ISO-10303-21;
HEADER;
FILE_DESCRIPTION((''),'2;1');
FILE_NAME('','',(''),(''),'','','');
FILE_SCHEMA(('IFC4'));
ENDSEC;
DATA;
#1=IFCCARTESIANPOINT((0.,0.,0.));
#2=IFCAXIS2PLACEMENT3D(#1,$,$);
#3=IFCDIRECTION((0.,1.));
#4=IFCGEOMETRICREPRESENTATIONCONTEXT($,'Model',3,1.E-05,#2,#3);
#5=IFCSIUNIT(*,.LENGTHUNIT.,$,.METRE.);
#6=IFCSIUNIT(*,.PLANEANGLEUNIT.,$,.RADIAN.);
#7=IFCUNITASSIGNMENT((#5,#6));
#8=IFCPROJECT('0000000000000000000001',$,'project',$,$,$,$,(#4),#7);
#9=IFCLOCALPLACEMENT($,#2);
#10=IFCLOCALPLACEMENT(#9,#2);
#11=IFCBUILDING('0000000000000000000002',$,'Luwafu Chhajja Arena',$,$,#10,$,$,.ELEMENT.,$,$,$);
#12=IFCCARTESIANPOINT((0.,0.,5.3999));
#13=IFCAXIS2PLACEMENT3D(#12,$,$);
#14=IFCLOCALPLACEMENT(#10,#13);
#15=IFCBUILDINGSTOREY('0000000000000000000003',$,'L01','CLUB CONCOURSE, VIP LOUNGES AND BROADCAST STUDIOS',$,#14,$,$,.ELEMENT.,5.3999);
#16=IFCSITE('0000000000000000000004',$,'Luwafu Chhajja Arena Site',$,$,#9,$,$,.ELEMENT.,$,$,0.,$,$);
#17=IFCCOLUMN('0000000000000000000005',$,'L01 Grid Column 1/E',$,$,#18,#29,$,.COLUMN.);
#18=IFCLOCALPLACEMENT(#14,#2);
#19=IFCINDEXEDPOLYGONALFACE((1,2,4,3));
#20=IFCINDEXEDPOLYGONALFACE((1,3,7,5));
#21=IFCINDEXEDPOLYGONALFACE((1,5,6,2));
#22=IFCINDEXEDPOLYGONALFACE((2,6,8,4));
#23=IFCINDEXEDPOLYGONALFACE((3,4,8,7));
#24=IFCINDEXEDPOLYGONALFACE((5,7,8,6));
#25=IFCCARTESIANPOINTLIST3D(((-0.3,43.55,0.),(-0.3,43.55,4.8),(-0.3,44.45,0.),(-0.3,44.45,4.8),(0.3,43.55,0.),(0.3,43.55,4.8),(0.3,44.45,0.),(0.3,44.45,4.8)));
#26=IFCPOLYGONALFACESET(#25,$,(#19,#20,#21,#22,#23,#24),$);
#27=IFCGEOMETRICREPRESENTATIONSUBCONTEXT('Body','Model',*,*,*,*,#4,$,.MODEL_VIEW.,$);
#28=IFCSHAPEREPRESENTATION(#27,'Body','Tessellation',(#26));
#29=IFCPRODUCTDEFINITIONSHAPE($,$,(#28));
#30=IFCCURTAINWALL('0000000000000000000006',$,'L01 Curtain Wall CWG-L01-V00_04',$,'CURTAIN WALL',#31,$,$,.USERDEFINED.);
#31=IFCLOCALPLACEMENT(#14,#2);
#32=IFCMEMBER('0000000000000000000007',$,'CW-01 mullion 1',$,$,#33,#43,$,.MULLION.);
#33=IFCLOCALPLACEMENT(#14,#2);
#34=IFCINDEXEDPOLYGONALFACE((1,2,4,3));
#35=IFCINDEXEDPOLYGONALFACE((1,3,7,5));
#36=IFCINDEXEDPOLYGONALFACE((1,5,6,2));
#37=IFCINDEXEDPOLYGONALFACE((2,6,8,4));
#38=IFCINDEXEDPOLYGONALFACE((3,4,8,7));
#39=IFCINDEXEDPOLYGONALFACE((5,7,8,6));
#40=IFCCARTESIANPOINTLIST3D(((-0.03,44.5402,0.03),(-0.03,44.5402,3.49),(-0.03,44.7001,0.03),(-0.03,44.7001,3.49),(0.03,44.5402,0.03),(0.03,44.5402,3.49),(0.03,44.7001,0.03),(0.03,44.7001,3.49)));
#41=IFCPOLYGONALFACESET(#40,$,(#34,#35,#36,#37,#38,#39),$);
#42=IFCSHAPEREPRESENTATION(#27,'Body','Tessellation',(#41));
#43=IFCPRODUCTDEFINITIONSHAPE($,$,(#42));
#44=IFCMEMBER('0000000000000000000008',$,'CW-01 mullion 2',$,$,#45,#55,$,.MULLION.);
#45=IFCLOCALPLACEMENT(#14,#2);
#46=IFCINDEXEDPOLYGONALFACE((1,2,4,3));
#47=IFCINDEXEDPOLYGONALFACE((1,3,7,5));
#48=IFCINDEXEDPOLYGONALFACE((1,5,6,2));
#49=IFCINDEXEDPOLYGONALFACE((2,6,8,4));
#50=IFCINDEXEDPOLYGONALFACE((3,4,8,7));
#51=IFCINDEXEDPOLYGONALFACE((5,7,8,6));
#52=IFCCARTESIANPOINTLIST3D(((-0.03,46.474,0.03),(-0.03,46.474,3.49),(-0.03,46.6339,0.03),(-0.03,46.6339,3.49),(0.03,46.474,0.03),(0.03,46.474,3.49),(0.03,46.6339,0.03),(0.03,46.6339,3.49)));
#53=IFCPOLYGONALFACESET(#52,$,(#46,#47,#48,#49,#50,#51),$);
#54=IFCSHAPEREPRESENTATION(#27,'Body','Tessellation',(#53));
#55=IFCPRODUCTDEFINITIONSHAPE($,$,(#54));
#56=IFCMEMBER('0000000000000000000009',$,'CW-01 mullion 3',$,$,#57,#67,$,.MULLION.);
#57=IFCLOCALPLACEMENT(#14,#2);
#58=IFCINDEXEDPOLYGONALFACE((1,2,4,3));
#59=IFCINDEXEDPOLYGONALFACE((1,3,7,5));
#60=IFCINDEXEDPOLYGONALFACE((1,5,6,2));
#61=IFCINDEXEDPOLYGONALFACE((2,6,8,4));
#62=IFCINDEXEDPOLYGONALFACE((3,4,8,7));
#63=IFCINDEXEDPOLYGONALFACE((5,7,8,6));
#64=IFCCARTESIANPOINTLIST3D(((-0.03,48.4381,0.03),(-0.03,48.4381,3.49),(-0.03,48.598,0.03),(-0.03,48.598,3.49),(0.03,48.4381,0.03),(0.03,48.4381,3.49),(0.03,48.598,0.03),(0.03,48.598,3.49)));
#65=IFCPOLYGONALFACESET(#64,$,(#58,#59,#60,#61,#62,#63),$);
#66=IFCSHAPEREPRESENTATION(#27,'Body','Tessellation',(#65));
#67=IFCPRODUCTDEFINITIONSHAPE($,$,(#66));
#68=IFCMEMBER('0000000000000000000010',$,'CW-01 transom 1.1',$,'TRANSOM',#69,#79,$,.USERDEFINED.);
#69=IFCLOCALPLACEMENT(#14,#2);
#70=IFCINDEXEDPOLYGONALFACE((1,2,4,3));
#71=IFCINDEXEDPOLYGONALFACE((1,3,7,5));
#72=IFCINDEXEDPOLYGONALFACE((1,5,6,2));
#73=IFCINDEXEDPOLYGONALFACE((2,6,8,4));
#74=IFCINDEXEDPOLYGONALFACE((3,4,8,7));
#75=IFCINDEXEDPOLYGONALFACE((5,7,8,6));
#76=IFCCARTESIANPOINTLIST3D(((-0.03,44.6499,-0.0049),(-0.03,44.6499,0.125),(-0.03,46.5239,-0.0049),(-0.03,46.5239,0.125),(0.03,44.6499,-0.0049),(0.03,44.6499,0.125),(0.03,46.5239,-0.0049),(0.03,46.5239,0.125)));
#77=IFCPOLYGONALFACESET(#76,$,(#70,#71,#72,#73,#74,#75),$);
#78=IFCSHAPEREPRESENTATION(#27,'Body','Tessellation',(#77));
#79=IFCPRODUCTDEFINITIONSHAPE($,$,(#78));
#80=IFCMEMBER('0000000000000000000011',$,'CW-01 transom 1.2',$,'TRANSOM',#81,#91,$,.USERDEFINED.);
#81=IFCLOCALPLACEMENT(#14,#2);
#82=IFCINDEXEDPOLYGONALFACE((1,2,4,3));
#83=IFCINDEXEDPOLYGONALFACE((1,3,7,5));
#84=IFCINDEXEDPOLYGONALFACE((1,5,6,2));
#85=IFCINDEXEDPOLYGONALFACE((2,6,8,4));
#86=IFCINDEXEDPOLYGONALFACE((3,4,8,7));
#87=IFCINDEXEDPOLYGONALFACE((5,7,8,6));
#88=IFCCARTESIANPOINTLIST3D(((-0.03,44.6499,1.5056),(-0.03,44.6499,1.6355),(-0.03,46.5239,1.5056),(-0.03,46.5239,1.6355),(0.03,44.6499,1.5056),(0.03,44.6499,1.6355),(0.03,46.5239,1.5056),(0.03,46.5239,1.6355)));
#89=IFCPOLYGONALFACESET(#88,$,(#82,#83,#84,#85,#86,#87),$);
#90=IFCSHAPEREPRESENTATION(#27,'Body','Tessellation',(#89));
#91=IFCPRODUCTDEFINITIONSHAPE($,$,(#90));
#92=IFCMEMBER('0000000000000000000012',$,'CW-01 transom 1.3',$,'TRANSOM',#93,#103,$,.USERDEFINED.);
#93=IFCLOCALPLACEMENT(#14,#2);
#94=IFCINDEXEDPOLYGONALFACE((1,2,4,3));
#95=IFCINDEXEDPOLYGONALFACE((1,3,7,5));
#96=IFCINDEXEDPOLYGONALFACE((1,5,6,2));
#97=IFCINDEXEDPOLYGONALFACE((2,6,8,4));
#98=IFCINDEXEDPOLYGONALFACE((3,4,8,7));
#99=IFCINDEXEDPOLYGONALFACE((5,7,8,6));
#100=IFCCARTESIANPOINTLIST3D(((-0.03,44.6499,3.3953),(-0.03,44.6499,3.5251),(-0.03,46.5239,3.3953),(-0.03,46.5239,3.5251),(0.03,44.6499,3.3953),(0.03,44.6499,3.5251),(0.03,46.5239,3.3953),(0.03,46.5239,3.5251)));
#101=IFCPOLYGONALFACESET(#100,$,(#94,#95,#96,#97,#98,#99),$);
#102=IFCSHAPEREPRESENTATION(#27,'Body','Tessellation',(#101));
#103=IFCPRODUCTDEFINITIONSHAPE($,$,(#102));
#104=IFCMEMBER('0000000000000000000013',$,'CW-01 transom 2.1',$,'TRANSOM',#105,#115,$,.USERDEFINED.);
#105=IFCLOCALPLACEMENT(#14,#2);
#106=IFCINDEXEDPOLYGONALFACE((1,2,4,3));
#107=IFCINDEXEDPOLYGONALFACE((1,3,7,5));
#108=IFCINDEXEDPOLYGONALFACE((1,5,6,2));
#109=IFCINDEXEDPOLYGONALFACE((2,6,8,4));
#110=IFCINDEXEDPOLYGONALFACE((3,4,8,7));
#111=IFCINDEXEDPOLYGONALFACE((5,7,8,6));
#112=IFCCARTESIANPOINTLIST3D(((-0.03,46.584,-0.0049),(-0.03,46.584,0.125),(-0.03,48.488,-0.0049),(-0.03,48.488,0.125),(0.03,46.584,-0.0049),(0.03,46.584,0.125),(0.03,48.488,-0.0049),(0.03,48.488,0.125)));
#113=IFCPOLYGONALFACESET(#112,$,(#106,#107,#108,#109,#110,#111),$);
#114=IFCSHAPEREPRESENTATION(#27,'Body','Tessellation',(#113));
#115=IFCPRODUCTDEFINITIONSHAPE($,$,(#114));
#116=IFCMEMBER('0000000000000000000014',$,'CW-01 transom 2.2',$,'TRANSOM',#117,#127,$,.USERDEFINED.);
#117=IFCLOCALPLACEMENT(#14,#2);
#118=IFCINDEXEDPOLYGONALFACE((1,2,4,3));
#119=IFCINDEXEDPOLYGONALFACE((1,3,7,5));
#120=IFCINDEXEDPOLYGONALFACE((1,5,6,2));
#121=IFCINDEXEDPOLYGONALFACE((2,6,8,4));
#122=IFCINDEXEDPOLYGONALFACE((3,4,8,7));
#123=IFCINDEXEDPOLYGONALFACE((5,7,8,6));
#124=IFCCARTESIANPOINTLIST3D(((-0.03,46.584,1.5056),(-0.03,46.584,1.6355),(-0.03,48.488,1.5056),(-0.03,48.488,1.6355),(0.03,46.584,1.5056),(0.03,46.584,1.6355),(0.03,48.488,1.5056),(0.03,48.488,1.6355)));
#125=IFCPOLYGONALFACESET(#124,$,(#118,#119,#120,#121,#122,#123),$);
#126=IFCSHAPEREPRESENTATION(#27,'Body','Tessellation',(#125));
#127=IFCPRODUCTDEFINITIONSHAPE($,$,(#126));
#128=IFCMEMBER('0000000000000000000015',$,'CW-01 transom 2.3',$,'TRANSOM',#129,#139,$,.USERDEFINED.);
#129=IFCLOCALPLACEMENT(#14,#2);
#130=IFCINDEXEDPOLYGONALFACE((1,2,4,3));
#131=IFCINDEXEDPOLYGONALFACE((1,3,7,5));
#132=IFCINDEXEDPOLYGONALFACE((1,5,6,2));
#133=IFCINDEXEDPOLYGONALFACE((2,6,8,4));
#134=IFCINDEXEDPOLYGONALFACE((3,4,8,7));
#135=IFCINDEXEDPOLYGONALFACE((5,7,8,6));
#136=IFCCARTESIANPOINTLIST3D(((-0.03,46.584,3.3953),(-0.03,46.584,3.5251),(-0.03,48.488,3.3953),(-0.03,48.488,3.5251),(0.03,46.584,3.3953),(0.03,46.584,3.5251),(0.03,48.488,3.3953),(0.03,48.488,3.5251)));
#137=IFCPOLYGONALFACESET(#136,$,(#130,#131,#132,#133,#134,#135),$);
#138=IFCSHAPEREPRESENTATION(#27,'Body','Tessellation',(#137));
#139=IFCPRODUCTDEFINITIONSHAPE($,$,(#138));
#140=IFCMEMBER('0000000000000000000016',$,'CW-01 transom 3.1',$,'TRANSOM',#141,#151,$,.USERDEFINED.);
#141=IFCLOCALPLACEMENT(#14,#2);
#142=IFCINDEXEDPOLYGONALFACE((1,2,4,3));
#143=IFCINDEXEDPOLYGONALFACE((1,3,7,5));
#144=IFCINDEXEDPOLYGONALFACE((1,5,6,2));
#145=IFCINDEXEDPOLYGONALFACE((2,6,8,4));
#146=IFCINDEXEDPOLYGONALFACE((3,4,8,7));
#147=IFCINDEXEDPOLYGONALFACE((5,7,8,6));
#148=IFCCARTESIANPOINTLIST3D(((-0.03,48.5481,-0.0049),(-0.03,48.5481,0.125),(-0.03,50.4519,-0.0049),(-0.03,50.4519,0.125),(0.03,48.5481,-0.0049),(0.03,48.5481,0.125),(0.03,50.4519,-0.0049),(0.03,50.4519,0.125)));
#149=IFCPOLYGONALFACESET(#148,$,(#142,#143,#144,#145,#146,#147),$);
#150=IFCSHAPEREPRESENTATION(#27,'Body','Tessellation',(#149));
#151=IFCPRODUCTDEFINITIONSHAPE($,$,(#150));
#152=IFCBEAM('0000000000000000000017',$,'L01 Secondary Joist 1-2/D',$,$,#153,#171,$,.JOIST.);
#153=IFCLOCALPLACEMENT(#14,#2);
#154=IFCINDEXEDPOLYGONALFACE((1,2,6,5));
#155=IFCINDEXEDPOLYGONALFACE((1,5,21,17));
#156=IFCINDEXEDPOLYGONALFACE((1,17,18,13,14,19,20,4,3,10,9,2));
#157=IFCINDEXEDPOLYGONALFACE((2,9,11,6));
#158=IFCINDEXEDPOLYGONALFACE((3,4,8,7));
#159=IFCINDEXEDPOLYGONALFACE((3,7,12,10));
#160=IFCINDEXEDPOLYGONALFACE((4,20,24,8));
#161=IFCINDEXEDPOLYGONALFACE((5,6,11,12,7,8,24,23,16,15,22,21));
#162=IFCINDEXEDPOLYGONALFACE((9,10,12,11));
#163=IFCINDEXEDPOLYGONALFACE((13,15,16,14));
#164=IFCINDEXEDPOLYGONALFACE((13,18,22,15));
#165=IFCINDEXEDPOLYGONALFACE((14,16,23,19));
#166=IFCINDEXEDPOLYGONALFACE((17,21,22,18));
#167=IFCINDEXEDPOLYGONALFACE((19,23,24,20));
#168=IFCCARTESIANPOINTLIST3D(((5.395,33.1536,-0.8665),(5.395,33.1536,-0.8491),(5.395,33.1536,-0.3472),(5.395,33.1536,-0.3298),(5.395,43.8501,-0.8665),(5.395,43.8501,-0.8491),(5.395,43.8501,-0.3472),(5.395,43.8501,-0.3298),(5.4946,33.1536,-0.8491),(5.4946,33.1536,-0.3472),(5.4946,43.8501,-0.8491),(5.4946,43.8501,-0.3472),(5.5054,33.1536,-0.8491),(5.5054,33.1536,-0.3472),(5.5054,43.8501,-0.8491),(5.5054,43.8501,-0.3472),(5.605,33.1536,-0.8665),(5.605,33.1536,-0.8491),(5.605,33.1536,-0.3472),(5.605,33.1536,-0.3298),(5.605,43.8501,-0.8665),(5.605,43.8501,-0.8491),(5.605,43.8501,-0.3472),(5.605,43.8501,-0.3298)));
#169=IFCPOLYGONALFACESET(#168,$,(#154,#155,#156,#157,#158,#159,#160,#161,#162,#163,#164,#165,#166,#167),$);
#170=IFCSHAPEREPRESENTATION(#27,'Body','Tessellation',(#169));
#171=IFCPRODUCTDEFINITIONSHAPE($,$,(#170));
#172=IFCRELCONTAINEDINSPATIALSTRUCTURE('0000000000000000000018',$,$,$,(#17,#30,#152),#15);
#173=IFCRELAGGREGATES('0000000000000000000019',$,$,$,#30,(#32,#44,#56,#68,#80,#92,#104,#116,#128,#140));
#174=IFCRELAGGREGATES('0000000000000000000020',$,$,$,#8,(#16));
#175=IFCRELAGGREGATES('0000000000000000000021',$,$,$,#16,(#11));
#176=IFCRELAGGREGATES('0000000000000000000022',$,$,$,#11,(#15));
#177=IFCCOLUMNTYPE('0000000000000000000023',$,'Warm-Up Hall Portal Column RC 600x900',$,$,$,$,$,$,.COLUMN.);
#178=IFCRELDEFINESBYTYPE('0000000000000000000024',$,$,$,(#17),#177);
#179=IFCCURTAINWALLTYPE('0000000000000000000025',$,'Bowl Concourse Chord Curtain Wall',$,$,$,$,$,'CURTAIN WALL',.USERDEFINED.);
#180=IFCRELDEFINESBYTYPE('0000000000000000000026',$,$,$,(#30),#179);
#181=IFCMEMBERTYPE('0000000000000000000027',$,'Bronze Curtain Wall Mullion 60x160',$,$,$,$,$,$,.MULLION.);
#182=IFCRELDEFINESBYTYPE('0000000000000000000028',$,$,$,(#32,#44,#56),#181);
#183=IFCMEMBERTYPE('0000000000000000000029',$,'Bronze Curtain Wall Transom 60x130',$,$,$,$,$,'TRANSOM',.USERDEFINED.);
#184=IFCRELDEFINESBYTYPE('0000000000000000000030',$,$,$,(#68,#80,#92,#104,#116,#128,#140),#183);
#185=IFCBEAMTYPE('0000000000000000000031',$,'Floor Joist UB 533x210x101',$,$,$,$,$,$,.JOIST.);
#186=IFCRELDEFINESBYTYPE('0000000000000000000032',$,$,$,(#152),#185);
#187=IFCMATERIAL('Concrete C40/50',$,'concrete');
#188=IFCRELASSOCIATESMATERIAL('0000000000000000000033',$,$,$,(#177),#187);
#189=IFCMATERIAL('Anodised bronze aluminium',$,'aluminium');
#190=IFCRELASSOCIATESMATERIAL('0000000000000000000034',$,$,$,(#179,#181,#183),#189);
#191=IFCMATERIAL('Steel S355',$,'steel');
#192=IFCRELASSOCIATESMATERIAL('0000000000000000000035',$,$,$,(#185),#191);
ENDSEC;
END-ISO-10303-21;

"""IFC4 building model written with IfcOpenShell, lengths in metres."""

from ifc_helpers import new_model, si_unit, direction, frame, origin, origin_2d, place, context, subcontext, project, spatial, rectangle, i_section, extrude, material, material_profile, profile_set, type_object, element, aggregate, save


model = new_model("IFC4")

# Units and contexts
model_context = context("Model", 3, precision=1e-05, world=origin(), true_north=direction((0.0, 1.0)))
body_context = subcontext(model_context, "Body", "Model", "MODEL_VIEW")
ifc_project = project(units=[si_unit("LENGTHUNIT", "METRE"), si_unit("PLANEANGLEUNIT", "RADIAN")], contexts=[model_context])

# Site, building, storey
site_placement = place(None, origin())
site = spatial("IfcSite", under=ifc_project, at=site_placement, Name="Luwafu Chhajja Arena Site", CompositionType="ELEMENT", RefElevation=0.0)
building_placement = place(site_placement, origin())
building = spatial("IfcBuilding", under=site, at=building_placement, Name="Luwafu Chhajja Arena", CompositionType="ELEMENT")
storey_placement = place(building_placement, frame((0.0, 0.0, 5.3999)))
storey = spatial("IfcBuildingStorey", under=building, at=storey_placement, Name="L01", Description="CLUB CONCOURSE, VIP LOUNGES AND BROADCAST STUDIOS", CompositionType="ELEMENT", Elevation=5.3999)

# Column
ifc_material_1 = material(Name="Concrete C40/50", Category="concrete")
ifc_material_profile_1 = material_profile(ifc_material_1, rectangle(XDim=0.6001, YDim=0.8999, at=origin_2d()), Name="RC 600x900")
ifc_profile_set_1 = profile_set([ifc_material_profile_1], Name="Concrete C40/50")
column_type = type_object("IfcColumnType", Name="Warm-Up Hall Portal Column RC 600x900", PredefinedType="COLUMN", material=ifc_profile_set_1)
column_placement = place(storey_placement, frame((0.0, 44.0, 0.0), z_axis=(0.0, 0.0, 1.0), x_axis=(1.0, 0.0, 0.0)))
element("IfcColumn", 1, at=column_placement, inside=storey, type_object=column_type, Name="L01 Grid Column 1/E", PredefinedType="COLUMN", context=body_context, shape_type="SweptSolid", body=[
    extrude(rectangle(XDim=0.6001, YDim=0.8999, at=origin_2d()), origin(), (0.0, 0.0, 1.0), 4.8),
])

# Curtain wall, members
ifc_material_2 = material(Name="Anodised bronze aluminium", Category="aluminium")
curtain_wall_type = type_object("IfcCurtainWallType", Name="Bowl Concourse Chord Curtain Wall", ElementType="CURTAIN WALL", PredefinedType="USERDEFINED", material=ifc_material_2)
curtain_wall_placement = place(storey_placement, origin())
curtain_wall = element("IfcCurtainWall", 2, at=curtain_wall_placement, inside=storey, type_object=curtain_wall_type, Name="L01 Curtain Wall CWG-L01-V00_04", ObjectType="CURTAIN WALL", PredefinedType="USERDEFINED")
ifc_material_profile_2 = material_profile(ifc_material_2, rectangle(XDim=0.0601, YDim=0.1599, at=origin_2d()), Name="CWM 60x160")
ifc_profile_set_2 = profile_set([ifc_material_profile_2], Name="Anodised bronze aluminium")
member_type_1 = type_object("IfcMemberType", Name="Bronze Curtain Wall Mullion 60x160", PredefinedType="MULLION", material=ifc_profile_set_2)
member_1_placement = place(storey_placement, frame((0.0, 44.6201, 0.03), z_axis=(0.0, 0.0, 1.0), x_axis=(-1.0, 0.0, 0.0)))
member_1 = element("IfcMember", 3, at=member_1_placement, type_object=member_type_1, Name="CW-01 mullion 1", PredefinedType="MULLION", context=body_context, shape_type="SweptSolid", body=[
    extrude(rectangle(XDim=0.0601, YDim=0.1599, at=origin_2d()), origin(), (0.0, 0.0, 1.0), 3.46),
])
member_2_placement = place(storey_placement, frame((0.0, 46.554, 0.03), z_axis=(0.0, 0.0, 1.0), x_axis=(-1.0, 0.0, 0.0)))
member_2 = element("IfcMember", 4, at=member_2_placement, type_object=member_type_1, Name="CW-01 mullion 2", PredefinedType="MULLION", context=body_context, shape_type="SweptSolid", body=[
    extrude(rectangle(XDim=0.0601, YDim=0.1599, at=origin_2d()), origin(), (0.0, 0.0, 1.0), 3.46),
])
member_3_placement = place(storey_placement, frame((0.0, 48.5181, 0.03), z_axis=(0.0, 0.0, 1.0), x_axis=(-1.0, 0.0, 0.0)))
member_3 = element("IfcMember", 5, at=member_3_placement, type_object=member_type_1, Name="CW-01 mullion 3", PredefinedType="MULLION", context=body_context, shape_type="SweptSolid", body=[
    extrude(rectangle(XDim=0.0601, YDim=0.1599, at=origin_2d()), origin(), (0.0, 0.0, 1.0), 3.46),
])
ifc_material_profile_3 = material_profile(ifc_material_2, rectangle(XDim=0.0601, YDim=0.1299, at=origin_2d()), Name="CWT 60x130")
ifc_profile_set_3 = profile_set([ifc_material_profile_3], Name="Anodised bronze aluminium")
member_type_2 = type_object("IfcMemberType", Name="Bronze Curtain Wall Transom 60x130", ElementType="TRANSOM", PredefinedType="USERDEFINED", material=ifc_profile_set_3)
member_4_placement = place(storey_placement, frame((0.0, 44.6499, 0.0601), z_axis=(0.0, 1.0, 0.0), x_axis=(-1.0, 0.0, 0.0)))
member_4 = element("IfcMember", 6, at=member_4_placement, type_object=member_type_2, Name="CW-01 transom 1.1", ObjectType="TRANSOM", PredefinedType="USERDEFINED", context=body_context, shape_type="SweptSolid", body=[
    extrude(rectangle(XDim=0.0601, YDim=0.1299, at=origin_2d()), origin(), (0.0, 0.0, 1.0), 1.874),
])
member_5_placement = place(storey_placement, frame((0.0, 44.6499, 1.5706), z_axis=(0.0, 1.0, 0.0), x_axis=(-1.0, 0.0, 0.0)))
member_5 = element("IfcMember", 7, at=member_5_placement, type_object=member_type_2, Name="CW-01 transom 1.2", ObjectType="TRANSOM", PredefinedType="USERDEFINED", context=body_context, shape_type="SweptSolid", body=[
    extrude(rectangle(XDim=0.0601, YDim=0.1299, at=origin_2d()), origin(), (0.0, 0.0, 1.0), 1.874),
])
member_6_placement = place(storey_placement, frame((0.0, 44.6499, 3.4602), z_axis=(0.0, 1.0, 0.0), x_axis=(-1.0, 0.0, 0.0)))
member_6 = element("IfcMember", 8, at=member_6_placement, type_object=member_type_2, Name="CW-01 transom 1.3", ObjectType="TRANSOM", PredefinedType="USERDEFINED", context=body_context, shape_type="SweptSolid", body=[
    extrude(rectangle(XDim=0.0601, YDim=0.1299, at=origin_2d()), origin(), (0.0, 0.0, 1.0), 1.874),
])
member_7_placement = place(storey_placement, frame((0.0, 46.584, 0.0601), z_axis=(0.0, 1.0, 0.0), x_axis=(-1.0, 0.0, 0.0)))
member_7 = element("IfcMember", 9, at=member_7_placement, type_object=member_type_2, Name="CW-01 transom 2.1", ObjectType="TRANSOM", PredefinedType="USERDEFINED", context=body_context, shape_type="SweptSolid", body=[
    extrude(rectangle(XDim=0.0601, YDim=0.1299, at=origin_2d()), origin(), (0.0, 0.0, 1.0), 1.9041),
])
member_8_placement = place(storey_placement, frame((0.0, 46.584, 1.5706), z_axis=(0.0, 1.0, 0.0), x_axis=(-1.0, 0.0, 0.0)))
member_8 = element("IfcMember", 10, at=member_8_placement, type_object=member_type_2, Name="CW-01 transom 2.2", ObjectType="TRANSOM", PredefinedType="USERDEFINED", context=body_context, shape_type="SweptSolid", body=[
    extrude(rectangle(XDim=0.0601, YDim=0.1299, at=origin_2d()), origin(), (0.0, 0.0, 1.0), 1.9041),
])
member_9_placement = place(storey_placement, frame((0.0, 46.584, 3.4602), z_axis=(0.0, 1.0, 0.0), x_axis=(-1.0, 0.0, 0.0)))
member_9 = element("IfcMember", 11, at=member_9_placement, type_object=member_type_2, Name="CW-01 transom 2.3", ObjectType="TRANSOM", PredefinedType="USERDEFINED", context=body_context, shape_type="SweptSolid", body=[
    extrude(rectangle(XDim=0.0601, YDim=0.1299, at=origin_2d()), origin(), (0.0, 0.0, 1.0), 1.9041),
])
member_10_placement = place(storey_placement, frame((0.0, 48.5481, 0.0601), z_axis=(0.0, 1.0, 0.0), x_axis=(-1.0, 0.0, 0.0)))
member_10 = element("IfcMember", 12, at=member_10_placement, type_object=member_type_2, Name="CW-01 transom 3.1", ObjectType="TRANSOM", PredefinedType="USERDEFINED", context=body_context, shape_type="SweptSolid", body=[
    extrude(rectangle(XDim=0.0601, YDim=0.1299, at=origin_2d()), origin(), (0.0, 0.0, 1.0), 1.9038),
])

# Beam
ifc_material_3 = material(Name="Steel S355", Category="steel")
ifc_material_profile_4 = material_profile(ifc_material_3, i_section(OverallWidth=0.21, OverallDepth=0.5366, WebThickness=0.0107, FlangeThickness=0.0173, at=origin_2d()), Name="UB 533x210x101")
ifc_profile_set_4 = profile_set([ifc_material_profile_4], Name="Steel S355")
beam_type_1 = type_object("IfcBeamType", Name="Floor Joist UB 533x210x101", PredefinedType="JOIST", material=ifc_profile_set_4)
beam_1_placement = place(storey_placement, frame((5.5, 33.1536, -0.5981), z_axis=(0.0, 1.0, 0.0), x_axis=(-1.0, 0.0, 0.0)))
element("IfcBeam", 13, at=beam_1_placement, inside=storey, type_object=beam_type_1, Name="L01 Secondary Joist 1-2/D", PredefinedType="JOIST", context=body_context, shape_type="SweptSolid", body=[
    extrude(i_section(OverallWidth=0.21, OverallDepth=0.5366, WebThickness=0.0107, FlangeThickness=0.0173, at=origin_2d()), origin(), (0.0, 0.0, 1.0), 10.6965),
])

aggregate(curtain_wall, [member_1, member_2, member_3, member_4, member_5, member_6, member_7, member_8, member_9, member_10])

save(model, "model.ifc")
